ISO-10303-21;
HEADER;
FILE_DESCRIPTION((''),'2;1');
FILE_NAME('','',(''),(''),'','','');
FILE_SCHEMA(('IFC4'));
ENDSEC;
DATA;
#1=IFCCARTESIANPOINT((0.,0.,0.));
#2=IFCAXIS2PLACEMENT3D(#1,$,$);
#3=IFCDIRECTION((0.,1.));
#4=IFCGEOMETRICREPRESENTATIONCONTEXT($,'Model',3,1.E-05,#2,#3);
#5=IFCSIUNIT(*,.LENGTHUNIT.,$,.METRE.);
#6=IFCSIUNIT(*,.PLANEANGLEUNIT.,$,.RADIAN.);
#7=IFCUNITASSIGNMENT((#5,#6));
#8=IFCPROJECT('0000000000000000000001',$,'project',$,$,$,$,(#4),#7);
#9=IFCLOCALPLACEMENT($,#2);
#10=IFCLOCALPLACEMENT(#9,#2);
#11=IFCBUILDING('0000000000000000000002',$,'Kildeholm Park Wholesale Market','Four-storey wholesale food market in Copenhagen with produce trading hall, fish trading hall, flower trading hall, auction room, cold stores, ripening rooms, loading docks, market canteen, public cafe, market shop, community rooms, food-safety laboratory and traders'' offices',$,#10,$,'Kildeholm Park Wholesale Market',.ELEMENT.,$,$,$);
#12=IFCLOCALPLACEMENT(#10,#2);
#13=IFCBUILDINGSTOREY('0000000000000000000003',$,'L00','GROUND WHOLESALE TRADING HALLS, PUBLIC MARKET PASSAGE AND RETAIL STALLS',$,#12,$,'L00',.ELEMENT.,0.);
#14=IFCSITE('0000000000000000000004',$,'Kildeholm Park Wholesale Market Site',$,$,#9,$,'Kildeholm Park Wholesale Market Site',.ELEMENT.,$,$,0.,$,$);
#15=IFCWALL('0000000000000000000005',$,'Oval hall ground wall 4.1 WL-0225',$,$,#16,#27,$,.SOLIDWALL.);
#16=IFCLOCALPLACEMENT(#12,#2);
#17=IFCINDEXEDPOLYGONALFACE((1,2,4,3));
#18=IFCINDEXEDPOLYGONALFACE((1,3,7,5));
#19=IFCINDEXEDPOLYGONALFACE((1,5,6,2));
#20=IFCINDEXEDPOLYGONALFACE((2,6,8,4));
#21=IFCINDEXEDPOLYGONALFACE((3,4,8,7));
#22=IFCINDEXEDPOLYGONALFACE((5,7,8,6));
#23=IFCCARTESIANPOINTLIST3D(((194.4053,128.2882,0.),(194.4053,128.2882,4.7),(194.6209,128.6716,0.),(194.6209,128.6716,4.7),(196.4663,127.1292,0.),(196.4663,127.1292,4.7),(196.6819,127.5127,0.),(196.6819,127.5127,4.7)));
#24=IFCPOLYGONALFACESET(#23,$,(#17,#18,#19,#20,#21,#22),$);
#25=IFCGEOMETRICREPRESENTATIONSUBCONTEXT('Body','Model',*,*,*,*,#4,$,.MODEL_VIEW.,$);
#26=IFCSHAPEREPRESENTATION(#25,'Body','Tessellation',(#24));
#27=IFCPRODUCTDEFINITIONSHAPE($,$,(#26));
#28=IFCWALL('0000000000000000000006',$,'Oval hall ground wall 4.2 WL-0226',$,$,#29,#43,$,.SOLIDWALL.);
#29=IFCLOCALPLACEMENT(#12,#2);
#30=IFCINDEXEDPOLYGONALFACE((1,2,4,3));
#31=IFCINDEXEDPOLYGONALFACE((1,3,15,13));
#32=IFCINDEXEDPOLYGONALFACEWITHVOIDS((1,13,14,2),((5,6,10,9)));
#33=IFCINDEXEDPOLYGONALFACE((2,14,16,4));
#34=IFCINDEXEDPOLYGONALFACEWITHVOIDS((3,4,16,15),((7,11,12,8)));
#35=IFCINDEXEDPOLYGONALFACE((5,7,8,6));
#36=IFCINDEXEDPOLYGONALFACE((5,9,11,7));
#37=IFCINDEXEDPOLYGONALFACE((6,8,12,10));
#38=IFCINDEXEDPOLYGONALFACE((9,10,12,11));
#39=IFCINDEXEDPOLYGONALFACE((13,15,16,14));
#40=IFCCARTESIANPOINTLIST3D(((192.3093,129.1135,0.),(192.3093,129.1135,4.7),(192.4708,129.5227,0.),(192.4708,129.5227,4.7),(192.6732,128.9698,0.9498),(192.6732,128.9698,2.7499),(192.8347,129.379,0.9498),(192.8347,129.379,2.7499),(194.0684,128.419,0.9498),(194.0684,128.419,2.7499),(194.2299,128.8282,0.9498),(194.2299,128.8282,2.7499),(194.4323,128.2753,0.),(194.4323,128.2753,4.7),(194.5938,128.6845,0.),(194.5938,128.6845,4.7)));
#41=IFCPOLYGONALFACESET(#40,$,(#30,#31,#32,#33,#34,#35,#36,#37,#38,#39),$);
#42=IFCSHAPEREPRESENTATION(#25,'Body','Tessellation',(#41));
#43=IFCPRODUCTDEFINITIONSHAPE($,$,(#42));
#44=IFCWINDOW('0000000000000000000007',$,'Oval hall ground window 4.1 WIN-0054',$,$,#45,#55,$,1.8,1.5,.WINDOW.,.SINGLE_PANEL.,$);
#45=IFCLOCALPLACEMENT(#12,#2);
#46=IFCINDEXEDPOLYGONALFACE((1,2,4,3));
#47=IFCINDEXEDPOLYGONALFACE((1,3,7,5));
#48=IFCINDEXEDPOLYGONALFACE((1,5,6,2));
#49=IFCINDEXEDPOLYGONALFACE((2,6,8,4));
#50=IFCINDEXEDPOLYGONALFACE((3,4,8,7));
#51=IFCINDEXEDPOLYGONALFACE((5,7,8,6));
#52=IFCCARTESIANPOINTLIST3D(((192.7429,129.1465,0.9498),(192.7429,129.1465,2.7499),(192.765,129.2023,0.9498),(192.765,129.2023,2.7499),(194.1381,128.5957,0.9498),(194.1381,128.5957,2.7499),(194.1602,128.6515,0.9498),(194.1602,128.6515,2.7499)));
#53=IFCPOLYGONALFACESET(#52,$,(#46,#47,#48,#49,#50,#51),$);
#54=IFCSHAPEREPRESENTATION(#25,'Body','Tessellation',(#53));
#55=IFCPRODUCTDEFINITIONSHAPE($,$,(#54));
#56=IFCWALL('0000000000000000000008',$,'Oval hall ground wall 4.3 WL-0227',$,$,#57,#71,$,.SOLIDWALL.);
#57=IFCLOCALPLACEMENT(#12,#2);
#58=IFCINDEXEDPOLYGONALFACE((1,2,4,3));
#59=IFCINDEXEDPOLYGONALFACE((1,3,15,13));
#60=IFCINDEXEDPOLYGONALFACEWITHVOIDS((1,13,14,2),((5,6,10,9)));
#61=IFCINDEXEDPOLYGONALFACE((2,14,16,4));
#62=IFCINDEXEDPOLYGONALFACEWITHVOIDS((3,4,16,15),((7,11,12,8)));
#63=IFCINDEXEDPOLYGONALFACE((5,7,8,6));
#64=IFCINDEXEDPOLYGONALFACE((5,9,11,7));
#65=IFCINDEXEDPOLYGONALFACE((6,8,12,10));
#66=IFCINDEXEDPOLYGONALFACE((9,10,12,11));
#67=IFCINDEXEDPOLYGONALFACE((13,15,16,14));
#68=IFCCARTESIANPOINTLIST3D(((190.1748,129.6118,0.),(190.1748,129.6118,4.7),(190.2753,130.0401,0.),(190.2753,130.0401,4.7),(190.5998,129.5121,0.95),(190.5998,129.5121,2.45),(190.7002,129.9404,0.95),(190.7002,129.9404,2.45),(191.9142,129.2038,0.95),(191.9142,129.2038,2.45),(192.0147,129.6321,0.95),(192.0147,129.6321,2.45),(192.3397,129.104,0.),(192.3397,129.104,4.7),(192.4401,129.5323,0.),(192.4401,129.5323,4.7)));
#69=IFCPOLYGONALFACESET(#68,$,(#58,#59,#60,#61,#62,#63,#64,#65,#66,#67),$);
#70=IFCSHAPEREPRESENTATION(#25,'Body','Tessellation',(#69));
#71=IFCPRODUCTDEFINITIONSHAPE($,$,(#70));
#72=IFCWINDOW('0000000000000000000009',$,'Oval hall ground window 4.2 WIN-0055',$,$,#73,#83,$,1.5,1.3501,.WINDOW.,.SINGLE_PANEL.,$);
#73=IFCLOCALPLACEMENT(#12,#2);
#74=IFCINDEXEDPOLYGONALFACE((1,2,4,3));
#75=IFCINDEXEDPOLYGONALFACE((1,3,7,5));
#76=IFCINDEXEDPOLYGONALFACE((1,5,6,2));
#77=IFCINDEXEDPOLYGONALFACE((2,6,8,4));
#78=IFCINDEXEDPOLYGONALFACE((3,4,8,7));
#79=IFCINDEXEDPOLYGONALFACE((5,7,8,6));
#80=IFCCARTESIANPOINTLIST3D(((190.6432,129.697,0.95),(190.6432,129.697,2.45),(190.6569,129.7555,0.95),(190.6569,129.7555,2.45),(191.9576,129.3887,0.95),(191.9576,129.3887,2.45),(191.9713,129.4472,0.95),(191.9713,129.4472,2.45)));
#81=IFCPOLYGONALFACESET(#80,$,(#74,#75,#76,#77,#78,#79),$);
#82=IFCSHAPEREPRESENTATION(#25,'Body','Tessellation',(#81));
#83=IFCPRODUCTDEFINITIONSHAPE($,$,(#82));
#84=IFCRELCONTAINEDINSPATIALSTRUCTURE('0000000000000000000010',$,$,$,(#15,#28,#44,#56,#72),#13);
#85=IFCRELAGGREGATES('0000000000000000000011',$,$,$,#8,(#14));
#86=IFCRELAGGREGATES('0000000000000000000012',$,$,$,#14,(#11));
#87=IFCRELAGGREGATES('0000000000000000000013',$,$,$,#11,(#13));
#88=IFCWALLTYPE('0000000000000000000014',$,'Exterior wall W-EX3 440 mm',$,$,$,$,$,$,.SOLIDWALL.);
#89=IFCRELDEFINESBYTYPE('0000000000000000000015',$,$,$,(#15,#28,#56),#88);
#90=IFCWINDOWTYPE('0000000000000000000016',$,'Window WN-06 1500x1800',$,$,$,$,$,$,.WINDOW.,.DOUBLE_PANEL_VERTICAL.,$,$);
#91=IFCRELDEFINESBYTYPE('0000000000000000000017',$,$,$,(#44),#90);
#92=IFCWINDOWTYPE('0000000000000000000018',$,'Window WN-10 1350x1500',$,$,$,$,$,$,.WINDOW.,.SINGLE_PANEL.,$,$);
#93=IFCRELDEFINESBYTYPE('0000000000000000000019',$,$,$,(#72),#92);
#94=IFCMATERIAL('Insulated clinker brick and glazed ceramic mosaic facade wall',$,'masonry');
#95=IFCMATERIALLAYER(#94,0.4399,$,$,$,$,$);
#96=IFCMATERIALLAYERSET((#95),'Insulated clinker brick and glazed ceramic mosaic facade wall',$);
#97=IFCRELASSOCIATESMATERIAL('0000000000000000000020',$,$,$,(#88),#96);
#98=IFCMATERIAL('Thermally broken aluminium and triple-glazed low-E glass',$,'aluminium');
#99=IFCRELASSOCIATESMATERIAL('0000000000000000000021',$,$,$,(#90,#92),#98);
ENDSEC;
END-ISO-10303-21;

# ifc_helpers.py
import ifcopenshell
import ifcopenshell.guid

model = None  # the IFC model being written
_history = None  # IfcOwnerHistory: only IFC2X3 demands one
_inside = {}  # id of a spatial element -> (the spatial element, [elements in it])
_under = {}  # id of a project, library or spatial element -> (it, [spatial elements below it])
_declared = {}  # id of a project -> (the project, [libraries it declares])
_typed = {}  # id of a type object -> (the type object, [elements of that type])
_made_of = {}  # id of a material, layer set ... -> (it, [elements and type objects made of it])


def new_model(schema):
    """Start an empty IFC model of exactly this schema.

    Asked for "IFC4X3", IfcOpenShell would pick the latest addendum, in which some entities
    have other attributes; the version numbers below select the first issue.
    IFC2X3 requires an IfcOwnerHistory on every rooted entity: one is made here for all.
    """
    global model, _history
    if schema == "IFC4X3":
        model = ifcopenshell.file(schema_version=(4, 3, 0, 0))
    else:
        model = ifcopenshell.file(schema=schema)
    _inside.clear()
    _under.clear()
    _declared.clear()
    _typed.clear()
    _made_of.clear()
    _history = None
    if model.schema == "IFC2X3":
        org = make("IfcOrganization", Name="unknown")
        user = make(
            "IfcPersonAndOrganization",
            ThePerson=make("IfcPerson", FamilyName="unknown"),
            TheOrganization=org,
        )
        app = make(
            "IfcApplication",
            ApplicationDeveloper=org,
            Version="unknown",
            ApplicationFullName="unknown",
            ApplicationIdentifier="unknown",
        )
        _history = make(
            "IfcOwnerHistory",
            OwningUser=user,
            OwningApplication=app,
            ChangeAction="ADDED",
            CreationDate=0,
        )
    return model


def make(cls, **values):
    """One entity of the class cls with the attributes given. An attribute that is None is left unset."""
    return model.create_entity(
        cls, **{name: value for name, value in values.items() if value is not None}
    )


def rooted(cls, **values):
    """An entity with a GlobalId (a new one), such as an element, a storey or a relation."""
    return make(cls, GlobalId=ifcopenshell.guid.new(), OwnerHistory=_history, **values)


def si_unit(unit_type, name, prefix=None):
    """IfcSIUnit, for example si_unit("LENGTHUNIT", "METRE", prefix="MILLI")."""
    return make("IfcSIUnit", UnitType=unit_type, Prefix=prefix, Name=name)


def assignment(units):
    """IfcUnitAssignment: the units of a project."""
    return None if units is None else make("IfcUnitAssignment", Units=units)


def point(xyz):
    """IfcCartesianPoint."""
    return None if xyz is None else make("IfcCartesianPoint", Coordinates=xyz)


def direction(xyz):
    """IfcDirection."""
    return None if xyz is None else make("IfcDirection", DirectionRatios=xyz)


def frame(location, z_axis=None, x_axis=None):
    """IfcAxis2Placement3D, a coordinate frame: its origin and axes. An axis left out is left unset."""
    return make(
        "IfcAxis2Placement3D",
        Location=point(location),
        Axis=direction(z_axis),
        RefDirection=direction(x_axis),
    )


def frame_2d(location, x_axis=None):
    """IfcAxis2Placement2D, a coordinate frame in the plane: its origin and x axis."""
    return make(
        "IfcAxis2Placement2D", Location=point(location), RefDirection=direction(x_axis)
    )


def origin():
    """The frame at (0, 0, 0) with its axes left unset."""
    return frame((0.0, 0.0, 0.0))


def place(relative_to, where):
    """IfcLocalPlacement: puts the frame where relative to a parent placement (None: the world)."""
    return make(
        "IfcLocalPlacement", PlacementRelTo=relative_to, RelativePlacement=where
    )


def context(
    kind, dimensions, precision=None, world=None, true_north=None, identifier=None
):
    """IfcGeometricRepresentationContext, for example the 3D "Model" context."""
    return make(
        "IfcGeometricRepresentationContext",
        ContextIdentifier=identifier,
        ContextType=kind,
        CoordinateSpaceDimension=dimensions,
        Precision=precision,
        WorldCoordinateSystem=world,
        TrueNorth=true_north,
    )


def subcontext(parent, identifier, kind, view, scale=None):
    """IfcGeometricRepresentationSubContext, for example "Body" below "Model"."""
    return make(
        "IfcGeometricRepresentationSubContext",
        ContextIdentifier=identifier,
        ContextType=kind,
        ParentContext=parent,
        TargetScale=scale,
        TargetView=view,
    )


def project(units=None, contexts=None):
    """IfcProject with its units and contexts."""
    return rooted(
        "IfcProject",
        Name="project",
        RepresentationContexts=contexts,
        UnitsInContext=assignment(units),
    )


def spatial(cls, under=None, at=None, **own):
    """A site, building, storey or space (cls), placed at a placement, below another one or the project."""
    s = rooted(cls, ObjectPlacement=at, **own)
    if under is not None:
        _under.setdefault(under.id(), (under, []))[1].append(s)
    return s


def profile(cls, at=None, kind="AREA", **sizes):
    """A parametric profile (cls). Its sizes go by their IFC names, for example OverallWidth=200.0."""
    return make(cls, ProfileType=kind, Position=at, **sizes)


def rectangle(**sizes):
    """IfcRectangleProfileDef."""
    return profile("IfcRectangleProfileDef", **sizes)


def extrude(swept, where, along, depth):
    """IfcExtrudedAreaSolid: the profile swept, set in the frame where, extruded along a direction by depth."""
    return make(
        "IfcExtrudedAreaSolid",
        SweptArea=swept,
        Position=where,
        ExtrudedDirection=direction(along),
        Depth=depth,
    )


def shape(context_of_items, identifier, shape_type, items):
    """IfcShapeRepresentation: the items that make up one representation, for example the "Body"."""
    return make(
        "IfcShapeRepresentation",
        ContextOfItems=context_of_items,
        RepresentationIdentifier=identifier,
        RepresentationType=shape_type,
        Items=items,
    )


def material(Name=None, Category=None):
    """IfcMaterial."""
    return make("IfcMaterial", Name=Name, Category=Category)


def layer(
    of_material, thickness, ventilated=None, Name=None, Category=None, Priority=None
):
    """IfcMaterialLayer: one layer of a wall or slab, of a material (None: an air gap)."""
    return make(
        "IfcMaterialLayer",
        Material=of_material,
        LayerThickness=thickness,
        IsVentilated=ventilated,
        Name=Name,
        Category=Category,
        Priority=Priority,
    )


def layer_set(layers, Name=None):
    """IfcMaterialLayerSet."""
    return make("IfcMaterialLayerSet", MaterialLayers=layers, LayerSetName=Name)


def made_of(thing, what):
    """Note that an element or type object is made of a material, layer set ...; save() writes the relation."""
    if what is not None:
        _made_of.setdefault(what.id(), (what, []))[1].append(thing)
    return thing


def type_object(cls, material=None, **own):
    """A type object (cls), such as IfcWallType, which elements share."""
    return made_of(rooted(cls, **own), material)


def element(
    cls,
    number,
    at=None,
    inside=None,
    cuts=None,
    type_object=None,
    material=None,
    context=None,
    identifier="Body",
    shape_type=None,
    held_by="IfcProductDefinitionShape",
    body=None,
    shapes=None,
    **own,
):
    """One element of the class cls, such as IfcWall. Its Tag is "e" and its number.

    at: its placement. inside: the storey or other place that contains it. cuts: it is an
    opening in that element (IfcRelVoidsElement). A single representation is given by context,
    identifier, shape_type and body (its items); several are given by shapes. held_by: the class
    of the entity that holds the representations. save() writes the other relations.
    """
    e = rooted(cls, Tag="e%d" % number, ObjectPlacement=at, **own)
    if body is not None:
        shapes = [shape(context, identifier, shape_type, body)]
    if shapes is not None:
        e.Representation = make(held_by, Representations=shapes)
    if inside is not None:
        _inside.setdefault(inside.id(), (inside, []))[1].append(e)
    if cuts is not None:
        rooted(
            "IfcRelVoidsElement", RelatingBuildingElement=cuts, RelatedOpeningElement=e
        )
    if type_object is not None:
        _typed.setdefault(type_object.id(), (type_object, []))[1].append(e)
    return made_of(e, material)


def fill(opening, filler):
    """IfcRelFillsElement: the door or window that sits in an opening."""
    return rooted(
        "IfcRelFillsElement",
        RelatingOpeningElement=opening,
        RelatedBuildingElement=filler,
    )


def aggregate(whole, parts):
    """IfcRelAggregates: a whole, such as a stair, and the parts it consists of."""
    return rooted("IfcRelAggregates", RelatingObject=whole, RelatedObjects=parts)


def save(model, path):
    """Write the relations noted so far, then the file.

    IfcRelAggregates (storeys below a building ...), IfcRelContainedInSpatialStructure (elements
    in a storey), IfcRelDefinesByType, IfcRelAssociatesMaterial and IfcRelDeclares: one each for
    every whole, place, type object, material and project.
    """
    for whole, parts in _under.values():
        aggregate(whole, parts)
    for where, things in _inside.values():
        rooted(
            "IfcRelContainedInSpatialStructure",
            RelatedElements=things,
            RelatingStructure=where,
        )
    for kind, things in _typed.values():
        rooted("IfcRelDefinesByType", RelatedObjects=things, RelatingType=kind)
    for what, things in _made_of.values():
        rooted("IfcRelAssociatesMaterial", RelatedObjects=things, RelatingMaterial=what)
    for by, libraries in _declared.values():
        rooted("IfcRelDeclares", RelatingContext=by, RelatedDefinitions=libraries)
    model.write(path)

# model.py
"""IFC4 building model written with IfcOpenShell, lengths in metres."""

from ifc_helpers import new_model, si_unit, direction, frame, frame_2d, origin, place, context, subcontext, project, spatial, rectangle, extrude, material, layer, layer_set, type_object, element, fill, save


model = new_model("IFC4")

# Units and contexts
model_context = context("Model", 3, precision=1e-05, world=origin(), true_north=direction((0.0, 1.0)))
body_context = subcontext(model_context, "Body", "Model", "MODEL_VIEW")
ifc_project = project(units=[si_unit("LENGTHUNIT", "METRE"), si_unit("PLANEANGLEUNIT", "RADIAN")], contexts=[model_context])

# Site, building, storey
site_placement = place(None, origin())
site = spatial("IfcSite", under=ifc_project, at=site_placement, Name="Kildeholm Park Wholesale Market Site", LongName="Kildeholm Park Wholesale Market Site", CompositionType="ELEMENT", RefElevation=0.0)
building_placement = place(site_placement, origin())
building = spatial("IfcBuilding", under=site, at=building_placement, Name="Kildeholm Park Wholesale Market", Description="Four-storey wholesale food market in Copenhagen with produce trading hall, fish trading hall, flower trading hall, auction room, cold stores, ripening rooms, loading docks, market canteen, public cafe, market shop, community rooms, food-safety laboratory and traders' offices", LongName="Kildeholm Park Wholesale Market", CompositionType="ELEMENT")
storey_placement = place(building_placement, origin())
storey = spatial("IfcBuildingStorey", under=building, at=storey_placement, Name="L00", Description="GROUND WHOLESALE TRADING HALLS, PUBLIC MARKET PASSAGE AND RETAIL STALLS", LongName="L00", CompositionType="ELEMENT", Elevation=0.0)

# Shared definitions
ifc_material_1 = material(Name="Insulated clinker brick and glazed ceramic mosaic facade wall", Category="masonry")
ifc_layer = layer(ifc_material_1, 0.4399)
ifc_layer_set = layer_set([ifc_layer], Name="Insulated clinker brick and glazed ceramic mosaic facade wall")
wall_type = type_object("IfcWallType", Name="Exterior wall W-EX3 440 mm", PredefinedType="SOLIDWALL", material=ifc_layer_set)

# Shared definitions
ifc_material_2 = material(Name="Thermally broken aluminium and triple-glazed low-E glass", Category="aluminium")
window_type_1 = type_object("IfcWindowType", Name="Window WN-06 1500x1800", PartitioningType="DOUBLE_PANEL_VERTICAL", PredefinedType="WINDOW", material=ifc_material_2)

# Wall
wall_1_placement = place(storey_placement, frame((196.574, 127.321, 0.0), z_axis=(0.0, 0.0, 1.0), x_axis=(-0.871647, 0.490134, 0.0)))
element("IfcWall", 1, at=wall_1_placement, inside=storey, type_object=wall_type, Name="Oval hall ground wall 4.1 WL-0225", PredefinedType="SOLIDWALL", context=body_context, shape_type="SweptSolid", body=[
    extrude(rectangle(XDim=2.3645, YDim=0.4399, at=frame_2d((1.1821, 0.0))), origin(), (0.0, 0.0, 1.0), 4.7),
])

# Walls, openings, windows
wall_2_placement = place(storey_placement, frame((194.5129, 128.48, 0.0), z_axis=(0.0, 0.0, 1.0), x_axis=(-0.930142, 0.367201, 0.0)))
wall_2 = element("IfcWall", 2, at=wall_2_placement, inside=storey, type_object=wall_type, Name="Oval hall ground wall 4.2 WL-0226", PredefinedType="SOLIDWALL", context=body_context, shape_type="SweptSolid", body=[
    extrude(rectangle(XDim=2.2825, YDim=0.4399, at=frame_2d((1.1411, 0.0))), origin(), (0.0, 0.0, 1.0), 4.7),
])
opening_1_placement = place(wall_2_placement, frame((0.3911, 0.0, 0.95)))
opening_1 = element("IfcOpeningElement", 3, at=opening_1_placement, cuts=wall_2, PredefinedType="OPENING", context=body_context, shape_type="SweptSolid", body=[
    extrude(rectangle(XDim=1.5, YDim=1.8, at=frame_2d((0.75, 0.8999))), frame((0.0, 0.23, 0.0), z_axis=(0.0, -1.0, 0.0), x_axis=(1.0, 0.0, 0.0)), (0.0, 0.0, 1.0), 0.46),
])
window_1_placement = place(opening_1_placement, origin())
window_1 = element("IfcWindow", 4, at=window_1_placement, inside=storey, type_object=window_type_1, Name="Oval hall ground window 4.1 WIN-0054", OverallHeight=1.8, OverallWidth=1.5, PartitioningType="SINGLE_PANEL", PredefinedType="WINDOW", context=body_context, shape_type="SweptSolid", body=[
    extrude(rectangle(XDim=1.5, YDim=1.8, at=frame_2d((0.75, 0.8999))), frame((0.0, 0.03, 0.0), z_axis=(0.0, -1.0, 0.0), x_axis=(1.0, 0.0, 0.0)), (0.0, 0.0, 1.0), 0.0601),
])
fill(opening_1, window_1)
wall_3_placement = place(storey_placement, frame((192.3899, 129.3181, 0.0), z_axis=(0.0, 0.0, 1.0), x_axis=(-0.973572, 0.228378, 0.0)))
wall_3 = element("IfcWall", 5, at=wall_3_placement, inside=storey, type_object=wall_type, Name="Oval hall ground wall 4.3 WL-0227", PredefinedType="SOLIDWALL", context=body_context, shape_type="SweptSolid", body=[
    extrude(rectangle(XDim=2.2236, YDim=0.4399, at=frame_2d((1.1118, 0.0))), origin(), (0.0, 0.0, 1.0), 4.7),
])
opening_2_placement = place(wall_3_placement, frame((0.437, 0.0, 0.95)))
opening_2 = element("IfcOpeningElement", 6, at=opening_2_placement, cuts=wall_3, PredefinedType="OPENING", context=body_context, shape_type="SweptSolid", body=[
    extrude(rectangle(XDim=1.3501, YDim=1.5, at=frame_2d((0.675, 0.75))), frame((0.0, 0.23, 0.0), z_axis=(0.0, -1.0, 0.0), x_axis=(1.0, 0.0, 0.0)), (0.0, 0.0, 1.0), 0.46),
])
window_type_2 = type_object("IfcWindowType", Name="Window WN-10 1350x1500", PartitioningType="SINGLE_PANEL", PredefinedType="WINDOW", material=ifc_material_2)
window_2_placement = place(opening_2_placement, origin())
window_2 = element("IfcWindow", 7, at=window_2_placement, inside=storey, type_object=window_type_2, Name="Oval hall ground window 4.2 WIN-0055", OverallHeight=1.5, OverallWidth=1.3501, PartitioningType="SINGLE_PANEL", PredefinedType="WINDOW", context=body_context, shape_type="SweptSolid", body=[
    extrude(rectangle(XDim=1.3501, YDim=1.5, at=frame_2d((0.675, 0.75))), frame((0.0, 0.03, 0.0), z_axis=(0.0, -1.0, 0.0), x_axis=(1.0, 0.0, 0.0)), (0.0, 0.0, 1.0), 0.0601),
])
fill(opening_2, window_2)

save(model, "model.ifc")
